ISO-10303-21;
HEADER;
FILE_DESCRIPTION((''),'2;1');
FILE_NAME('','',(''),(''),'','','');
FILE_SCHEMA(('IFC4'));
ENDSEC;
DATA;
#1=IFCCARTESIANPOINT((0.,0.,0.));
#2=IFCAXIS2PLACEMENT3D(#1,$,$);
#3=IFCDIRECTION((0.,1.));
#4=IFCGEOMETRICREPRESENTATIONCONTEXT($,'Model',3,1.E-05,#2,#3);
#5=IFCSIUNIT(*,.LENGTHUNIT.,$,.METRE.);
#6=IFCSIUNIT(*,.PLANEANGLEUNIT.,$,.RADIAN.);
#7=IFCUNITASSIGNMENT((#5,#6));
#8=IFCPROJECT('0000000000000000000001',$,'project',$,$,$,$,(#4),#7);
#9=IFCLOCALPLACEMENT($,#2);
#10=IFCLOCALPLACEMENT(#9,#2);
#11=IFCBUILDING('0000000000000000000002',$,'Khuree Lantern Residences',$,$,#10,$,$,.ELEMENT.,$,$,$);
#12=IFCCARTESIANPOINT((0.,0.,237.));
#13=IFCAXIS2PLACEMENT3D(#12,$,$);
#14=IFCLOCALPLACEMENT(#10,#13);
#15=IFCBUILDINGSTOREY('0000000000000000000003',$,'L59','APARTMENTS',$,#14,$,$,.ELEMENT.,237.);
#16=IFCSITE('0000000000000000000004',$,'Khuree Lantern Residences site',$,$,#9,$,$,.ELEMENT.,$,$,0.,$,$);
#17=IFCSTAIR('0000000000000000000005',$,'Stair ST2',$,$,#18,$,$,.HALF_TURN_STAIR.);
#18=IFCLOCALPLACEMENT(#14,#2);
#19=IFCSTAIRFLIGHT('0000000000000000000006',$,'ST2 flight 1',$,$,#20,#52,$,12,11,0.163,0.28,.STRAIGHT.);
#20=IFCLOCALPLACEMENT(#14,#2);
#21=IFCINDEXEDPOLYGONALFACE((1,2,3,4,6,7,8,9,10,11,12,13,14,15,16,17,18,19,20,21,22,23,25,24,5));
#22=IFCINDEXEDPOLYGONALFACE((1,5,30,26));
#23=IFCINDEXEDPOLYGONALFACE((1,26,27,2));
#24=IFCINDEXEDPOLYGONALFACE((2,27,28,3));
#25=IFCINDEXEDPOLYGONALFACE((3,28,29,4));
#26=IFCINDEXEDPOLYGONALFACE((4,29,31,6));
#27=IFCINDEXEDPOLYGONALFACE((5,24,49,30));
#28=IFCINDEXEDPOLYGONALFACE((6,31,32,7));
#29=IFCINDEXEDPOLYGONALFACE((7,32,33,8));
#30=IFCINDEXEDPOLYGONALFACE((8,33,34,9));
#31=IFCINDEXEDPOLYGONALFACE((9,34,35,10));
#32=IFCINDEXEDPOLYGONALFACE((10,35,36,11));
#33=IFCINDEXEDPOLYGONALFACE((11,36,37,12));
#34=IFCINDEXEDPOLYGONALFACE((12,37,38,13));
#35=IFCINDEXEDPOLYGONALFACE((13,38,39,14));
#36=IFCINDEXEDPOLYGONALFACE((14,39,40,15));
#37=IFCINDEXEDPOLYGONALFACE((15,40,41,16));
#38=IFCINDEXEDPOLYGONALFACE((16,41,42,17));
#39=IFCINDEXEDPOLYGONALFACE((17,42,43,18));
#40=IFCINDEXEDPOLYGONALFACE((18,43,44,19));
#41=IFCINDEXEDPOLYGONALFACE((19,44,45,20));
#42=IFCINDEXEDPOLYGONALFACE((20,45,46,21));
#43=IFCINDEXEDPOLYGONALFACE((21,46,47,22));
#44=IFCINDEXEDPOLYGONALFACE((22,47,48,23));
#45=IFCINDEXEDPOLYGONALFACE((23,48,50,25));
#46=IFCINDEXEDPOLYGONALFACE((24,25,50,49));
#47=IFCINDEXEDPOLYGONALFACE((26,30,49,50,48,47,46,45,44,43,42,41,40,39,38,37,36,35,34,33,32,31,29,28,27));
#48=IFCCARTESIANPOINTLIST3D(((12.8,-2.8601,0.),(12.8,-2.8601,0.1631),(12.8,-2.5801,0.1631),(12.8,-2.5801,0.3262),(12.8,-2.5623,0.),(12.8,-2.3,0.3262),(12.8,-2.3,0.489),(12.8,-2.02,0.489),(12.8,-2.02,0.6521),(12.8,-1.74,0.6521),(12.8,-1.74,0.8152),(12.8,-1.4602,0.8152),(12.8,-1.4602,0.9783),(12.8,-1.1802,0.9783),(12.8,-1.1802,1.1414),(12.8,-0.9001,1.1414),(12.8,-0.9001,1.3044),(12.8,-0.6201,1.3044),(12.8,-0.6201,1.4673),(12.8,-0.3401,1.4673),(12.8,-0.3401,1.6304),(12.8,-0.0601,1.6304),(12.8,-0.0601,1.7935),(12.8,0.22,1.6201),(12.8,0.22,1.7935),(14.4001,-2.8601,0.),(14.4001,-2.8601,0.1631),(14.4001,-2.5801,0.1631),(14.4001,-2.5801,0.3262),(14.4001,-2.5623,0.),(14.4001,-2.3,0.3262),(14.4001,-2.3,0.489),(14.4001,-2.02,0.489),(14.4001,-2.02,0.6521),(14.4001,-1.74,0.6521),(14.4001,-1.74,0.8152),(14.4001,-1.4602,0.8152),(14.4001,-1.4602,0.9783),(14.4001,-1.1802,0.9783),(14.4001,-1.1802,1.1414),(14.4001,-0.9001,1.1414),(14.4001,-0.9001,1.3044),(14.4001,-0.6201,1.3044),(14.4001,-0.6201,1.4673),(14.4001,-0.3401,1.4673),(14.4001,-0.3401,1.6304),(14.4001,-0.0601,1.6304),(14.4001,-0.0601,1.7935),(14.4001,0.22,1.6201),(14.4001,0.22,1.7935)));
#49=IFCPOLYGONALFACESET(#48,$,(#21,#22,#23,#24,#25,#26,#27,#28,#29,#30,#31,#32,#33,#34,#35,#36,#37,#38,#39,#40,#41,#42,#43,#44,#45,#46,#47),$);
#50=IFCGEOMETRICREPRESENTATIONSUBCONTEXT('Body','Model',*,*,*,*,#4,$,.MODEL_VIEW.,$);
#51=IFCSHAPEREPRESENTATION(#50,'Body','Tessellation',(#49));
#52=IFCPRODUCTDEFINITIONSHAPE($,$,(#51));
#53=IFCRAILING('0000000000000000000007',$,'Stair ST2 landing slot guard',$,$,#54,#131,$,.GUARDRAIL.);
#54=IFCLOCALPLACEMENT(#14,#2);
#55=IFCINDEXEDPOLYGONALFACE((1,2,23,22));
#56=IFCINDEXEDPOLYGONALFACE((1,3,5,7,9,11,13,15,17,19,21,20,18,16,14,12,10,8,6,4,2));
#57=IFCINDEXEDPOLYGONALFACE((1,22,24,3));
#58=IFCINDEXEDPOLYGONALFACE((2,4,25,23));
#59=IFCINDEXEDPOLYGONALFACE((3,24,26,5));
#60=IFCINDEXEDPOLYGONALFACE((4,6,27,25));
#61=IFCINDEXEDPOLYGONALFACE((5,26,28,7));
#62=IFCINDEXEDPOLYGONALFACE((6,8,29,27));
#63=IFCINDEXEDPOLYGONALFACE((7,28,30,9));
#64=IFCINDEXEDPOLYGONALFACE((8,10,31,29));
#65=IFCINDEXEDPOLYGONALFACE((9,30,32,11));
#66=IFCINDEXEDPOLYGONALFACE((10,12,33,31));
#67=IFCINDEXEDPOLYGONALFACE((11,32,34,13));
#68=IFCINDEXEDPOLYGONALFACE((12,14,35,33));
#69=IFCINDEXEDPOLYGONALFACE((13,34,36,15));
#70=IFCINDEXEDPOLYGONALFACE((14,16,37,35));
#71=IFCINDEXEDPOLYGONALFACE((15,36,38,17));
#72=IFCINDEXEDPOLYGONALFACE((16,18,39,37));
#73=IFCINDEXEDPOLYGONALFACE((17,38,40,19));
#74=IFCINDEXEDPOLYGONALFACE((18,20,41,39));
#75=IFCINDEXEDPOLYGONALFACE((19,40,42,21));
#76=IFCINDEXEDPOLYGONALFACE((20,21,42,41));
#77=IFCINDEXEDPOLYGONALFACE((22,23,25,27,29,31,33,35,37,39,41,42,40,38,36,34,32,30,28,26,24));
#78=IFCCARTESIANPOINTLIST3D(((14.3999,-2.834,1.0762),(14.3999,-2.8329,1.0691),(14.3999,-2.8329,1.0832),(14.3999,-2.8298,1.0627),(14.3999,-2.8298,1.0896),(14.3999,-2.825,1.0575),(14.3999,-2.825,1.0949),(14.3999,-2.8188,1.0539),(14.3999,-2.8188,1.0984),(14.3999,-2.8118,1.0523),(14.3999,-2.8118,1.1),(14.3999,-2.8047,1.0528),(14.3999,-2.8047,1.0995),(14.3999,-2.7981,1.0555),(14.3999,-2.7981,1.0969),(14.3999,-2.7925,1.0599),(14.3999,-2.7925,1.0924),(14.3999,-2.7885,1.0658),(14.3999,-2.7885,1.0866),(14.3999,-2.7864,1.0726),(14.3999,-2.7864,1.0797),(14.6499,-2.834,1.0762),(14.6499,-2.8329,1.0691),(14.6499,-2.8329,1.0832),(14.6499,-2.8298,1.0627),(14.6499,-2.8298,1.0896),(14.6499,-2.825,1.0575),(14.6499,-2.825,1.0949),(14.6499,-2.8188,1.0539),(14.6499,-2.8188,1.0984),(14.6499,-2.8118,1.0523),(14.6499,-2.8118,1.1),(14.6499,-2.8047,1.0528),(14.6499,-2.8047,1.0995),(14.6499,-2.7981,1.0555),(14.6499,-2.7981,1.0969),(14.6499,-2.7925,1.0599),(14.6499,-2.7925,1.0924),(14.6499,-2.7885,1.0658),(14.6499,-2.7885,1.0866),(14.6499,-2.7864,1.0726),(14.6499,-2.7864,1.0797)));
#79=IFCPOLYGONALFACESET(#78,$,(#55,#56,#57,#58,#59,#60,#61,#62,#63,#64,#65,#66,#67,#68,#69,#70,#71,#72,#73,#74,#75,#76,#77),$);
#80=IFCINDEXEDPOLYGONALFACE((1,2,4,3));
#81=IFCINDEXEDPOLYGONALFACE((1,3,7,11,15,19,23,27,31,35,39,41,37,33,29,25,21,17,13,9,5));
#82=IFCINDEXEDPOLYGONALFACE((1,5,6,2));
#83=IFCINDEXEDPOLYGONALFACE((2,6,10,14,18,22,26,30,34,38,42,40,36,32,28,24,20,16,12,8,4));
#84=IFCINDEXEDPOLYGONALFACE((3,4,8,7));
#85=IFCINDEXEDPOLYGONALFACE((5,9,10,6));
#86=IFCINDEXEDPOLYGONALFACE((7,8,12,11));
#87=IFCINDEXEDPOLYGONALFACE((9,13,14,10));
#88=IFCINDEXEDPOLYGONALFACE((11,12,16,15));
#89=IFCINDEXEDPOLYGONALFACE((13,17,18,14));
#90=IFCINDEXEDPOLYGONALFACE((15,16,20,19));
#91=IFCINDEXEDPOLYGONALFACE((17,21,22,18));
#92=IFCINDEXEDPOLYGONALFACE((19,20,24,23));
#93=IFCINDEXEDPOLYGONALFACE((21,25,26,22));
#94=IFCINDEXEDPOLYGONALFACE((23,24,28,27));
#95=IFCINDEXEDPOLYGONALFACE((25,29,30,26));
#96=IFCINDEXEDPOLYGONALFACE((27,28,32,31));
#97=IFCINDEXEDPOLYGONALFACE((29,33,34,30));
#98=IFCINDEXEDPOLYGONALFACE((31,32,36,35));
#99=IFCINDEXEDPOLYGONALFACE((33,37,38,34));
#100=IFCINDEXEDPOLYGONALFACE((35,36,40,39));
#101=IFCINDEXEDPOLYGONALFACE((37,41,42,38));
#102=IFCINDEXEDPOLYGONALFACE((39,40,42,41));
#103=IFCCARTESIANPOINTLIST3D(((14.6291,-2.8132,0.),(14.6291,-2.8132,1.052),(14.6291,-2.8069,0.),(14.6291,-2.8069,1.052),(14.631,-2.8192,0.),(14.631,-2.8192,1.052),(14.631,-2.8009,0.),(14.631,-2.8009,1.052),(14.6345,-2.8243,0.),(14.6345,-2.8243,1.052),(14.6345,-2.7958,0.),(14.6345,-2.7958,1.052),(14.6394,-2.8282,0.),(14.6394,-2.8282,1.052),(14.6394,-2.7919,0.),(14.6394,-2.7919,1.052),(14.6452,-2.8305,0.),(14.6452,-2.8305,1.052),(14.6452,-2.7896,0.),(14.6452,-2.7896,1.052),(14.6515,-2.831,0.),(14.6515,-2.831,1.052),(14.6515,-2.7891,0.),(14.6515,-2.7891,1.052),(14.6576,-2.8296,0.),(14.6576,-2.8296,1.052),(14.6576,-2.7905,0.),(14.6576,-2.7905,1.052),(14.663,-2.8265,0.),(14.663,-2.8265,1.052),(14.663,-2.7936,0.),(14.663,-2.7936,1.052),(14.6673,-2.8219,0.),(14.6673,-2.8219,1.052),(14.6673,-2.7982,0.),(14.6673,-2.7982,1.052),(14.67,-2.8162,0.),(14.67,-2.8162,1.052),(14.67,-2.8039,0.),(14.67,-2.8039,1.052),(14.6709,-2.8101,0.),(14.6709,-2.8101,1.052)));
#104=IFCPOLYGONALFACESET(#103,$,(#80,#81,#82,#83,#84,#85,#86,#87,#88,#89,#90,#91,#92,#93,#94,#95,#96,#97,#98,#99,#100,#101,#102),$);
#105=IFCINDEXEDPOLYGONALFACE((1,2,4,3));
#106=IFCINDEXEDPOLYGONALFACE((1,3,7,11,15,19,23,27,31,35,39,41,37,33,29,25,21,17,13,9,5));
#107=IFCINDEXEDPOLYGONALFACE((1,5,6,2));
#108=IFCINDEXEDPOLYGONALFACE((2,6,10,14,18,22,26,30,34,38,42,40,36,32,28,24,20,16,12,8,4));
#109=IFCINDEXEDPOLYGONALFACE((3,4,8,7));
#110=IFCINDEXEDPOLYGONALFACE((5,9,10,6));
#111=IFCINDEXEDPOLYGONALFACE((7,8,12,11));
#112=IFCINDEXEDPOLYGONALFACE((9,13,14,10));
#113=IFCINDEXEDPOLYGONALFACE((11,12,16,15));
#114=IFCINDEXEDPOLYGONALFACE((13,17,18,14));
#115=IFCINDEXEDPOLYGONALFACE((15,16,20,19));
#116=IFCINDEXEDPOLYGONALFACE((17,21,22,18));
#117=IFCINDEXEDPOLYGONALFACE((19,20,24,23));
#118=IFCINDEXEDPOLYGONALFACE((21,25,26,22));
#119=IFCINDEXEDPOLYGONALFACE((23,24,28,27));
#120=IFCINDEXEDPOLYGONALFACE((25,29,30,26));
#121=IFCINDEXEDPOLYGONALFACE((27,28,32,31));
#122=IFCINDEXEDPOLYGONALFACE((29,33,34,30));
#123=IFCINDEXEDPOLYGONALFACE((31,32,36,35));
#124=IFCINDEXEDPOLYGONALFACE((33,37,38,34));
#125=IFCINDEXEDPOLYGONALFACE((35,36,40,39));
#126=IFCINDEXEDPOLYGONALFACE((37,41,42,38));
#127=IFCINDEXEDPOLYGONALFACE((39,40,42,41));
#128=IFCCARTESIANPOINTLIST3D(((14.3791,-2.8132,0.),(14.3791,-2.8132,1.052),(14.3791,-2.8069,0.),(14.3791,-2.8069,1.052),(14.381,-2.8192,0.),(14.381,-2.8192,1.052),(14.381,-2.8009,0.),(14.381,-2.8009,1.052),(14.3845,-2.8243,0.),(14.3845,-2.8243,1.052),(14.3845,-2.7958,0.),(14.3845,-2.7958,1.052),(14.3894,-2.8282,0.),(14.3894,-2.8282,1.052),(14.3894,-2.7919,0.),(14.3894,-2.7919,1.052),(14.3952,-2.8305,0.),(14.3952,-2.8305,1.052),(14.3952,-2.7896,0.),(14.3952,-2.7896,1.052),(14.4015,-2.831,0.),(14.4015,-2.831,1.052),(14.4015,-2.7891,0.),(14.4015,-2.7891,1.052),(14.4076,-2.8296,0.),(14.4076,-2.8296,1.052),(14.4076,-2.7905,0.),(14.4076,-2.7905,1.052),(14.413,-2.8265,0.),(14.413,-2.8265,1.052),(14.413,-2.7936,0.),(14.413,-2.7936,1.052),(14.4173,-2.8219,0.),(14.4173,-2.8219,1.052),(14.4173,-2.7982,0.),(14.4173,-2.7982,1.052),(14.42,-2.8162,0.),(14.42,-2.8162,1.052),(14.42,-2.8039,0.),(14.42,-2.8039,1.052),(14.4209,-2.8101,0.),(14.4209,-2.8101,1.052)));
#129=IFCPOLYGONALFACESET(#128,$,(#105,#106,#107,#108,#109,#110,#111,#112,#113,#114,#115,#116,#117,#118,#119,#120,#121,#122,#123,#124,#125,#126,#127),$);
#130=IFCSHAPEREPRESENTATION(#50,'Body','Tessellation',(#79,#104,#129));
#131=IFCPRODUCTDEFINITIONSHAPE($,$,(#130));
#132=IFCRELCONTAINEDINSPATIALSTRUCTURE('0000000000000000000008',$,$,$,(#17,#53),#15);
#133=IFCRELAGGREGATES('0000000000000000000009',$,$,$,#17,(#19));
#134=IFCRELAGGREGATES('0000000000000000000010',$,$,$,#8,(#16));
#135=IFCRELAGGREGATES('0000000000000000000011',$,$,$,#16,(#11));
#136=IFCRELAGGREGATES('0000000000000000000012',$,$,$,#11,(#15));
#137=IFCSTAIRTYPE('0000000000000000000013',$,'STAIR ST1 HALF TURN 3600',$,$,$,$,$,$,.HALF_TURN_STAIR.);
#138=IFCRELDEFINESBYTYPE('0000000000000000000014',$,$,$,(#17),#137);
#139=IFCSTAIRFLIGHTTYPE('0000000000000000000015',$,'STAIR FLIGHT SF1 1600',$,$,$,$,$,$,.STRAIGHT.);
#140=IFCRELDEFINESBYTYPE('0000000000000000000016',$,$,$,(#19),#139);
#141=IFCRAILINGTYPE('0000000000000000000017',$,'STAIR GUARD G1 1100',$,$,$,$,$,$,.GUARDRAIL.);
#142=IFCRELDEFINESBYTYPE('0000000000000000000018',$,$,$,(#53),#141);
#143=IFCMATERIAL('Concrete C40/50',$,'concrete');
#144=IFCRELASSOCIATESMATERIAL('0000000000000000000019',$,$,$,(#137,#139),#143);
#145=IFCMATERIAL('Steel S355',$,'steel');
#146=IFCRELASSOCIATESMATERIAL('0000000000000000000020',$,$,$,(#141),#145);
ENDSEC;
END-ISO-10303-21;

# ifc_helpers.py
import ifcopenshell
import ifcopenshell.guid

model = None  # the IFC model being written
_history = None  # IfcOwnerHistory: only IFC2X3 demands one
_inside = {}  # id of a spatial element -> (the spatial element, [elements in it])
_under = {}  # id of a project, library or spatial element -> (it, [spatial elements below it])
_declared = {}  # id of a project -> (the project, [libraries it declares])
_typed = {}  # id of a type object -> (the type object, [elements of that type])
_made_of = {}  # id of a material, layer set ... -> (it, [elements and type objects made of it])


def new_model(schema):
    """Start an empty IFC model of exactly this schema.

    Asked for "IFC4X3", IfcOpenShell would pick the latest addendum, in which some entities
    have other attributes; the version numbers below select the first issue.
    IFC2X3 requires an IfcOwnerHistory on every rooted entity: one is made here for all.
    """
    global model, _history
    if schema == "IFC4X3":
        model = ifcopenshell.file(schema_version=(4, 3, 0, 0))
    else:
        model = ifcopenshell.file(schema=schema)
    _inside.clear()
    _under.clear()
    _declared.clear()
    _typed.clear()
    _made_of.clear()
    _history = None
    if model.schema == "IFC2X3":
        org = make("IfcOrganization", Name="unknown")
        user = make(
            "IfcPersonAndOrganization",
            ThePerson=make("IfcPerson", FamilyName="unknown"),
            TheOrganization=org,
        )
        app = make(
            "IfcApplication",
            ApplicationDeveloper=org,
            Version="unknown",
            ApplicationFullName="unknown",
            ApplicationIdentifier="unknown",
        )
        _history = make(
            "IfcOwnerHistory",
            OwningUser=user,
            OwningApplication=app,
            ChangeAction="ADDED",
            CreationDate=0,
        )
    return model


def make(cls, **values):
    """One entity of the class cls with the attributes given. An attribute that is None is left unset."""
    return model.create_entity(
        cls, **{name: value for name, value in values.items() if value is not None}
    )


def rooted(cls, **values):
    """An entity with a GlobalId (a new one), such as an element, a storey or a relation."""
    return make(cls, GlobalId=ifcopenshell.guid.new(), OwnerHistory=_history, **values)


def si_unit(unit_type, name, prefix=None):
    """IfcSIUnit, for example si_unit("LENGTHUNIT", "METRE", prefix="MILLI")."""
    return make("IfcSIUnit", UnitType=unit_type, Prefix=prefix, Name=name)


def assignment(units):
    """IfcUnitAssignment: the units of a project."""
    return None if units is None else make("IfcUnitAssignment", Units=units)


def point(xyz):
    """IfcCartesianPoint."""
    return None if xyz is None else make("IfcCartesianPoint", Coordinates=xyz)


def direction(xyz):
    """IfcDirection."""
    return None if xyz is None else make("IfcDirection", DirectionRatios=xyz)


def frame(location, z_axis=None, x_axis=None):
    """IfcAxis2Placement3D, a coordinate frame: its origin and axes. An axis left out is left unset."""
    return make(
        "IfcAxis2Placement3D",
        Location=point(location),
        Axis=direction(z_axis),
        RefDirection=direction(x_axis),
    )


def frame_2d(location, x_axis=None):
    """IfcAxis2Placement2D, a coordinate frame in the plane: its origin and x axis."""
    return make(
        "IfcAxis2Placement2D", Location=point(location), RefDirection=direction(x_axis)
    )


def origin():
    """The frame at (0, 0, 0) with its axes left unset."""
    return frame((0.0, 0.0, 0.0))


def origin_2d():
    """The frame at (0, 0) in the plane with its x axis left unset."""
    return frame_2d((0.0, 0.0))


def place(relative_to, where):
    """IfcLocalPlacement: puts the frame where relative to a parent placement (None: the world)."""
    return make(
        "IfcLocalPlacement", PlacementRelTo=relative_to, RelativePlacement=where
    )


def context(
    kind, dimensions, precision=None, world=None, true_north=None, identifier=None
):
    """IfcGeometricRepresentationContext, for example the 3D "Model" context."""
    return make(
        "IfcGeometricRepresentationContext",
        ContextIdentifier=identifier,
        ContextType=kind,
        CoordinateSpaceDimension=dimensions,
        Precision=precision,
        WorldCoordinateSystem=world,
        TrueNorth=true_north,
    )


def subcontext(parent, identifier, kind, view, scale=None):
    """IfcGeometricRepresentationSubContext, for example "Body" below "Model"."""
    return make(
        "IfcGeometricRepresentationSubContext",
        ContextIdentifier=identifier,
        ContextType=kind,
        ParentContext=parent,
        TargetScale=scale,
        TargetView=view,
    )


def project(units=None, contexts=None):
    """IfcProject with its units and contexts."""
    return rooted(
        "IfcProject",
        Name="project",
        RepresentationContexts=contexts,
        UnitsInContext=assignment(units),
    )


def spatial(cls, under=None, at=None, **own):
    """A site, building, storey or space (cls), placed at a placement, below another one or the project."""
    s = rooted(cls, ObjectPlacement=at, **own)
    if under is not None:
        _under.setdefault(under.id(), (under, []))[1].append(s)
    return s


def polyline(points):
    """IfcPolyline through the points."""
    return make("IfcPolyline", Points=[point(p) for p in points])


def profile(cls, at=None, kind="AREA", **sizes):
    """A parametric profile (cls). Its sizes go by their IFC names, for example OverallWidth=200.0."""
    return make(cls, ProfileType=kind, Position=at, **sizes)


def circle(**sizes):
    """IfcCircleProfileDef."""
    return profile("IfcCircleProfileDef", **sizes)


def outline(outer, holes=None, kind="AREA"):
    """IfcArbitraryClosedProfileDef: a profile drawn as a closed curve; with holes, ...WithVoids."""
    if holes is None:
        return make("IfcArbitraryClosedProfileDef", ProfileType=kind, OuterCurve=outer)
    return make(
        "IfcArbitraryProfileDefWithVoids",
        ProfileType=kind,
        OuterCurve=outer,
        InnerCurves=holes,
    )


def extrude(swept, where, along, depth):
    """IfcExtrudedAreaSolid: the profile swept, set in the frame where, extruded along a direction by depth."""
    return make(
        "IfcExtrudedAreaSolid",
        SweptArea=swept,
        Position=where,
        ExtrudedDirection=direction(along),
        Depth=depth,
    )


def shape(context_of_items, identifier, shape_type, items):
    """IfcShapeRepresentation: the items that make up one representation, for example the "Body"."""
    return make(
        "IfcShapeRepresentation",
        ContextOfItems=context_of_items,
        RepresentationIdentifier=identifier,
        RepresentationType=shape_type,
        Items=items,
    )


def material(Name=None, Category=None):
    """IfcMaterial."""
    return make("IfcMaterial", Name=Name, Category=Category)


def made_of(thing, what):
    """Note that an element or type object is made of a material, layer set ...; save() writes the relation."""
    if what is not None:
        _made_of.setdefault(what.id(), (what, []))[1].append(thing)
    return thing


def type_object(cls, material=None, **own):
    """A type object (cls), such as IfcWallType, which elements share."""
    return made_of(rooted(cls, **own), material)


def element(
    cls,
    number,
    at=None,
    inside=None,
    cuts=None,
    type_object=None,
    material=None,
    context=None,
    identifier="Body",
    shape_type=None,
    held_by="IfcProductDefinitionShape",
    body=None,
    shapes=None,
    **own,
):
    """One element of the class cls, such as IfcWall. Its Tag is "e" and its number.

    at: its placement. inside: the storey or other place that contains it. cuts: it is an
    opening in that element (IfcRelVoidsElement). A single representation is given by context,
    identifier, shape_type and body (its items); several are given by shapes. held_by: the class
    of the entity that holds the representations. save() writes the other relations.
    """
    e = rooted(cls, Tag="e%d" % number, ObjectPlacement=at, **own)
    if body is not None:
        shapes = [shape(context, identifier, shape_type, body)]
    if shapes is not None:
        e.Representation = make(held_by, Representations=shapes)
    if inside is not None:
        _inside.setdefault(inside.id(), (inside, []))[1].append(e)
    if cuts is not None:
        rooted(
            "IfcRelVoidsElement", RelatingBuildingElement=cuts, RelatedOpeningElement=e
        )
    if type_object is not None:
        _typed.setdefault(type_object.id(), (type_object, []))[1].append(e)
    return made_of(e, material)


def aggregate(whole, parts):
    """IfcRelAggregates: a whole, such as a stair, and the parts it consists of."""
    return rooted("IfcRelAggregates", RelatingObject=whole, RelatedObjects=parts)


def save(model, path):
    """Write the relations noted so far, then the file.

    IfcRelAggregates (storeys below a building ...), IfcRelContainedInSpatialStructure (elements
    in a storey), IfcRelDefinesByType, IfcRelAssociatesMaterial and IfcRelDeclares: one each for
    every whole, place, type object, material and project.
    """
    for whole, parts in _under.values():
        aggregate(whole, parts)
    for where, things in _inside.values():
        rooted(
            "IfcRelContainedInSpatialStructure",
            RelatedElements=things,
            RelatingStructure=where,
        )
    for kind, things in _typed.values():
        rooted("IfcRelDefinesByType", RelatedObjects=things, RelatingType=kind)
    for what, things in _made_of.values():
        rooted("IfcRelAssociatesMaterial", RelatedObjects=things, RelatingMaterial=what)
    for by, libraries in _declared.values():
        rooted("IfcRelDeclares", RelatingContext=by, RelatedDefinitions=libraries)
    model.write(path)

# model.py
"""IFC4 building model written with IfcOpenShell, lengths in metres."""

from ifc_helpers import new_model, si_unit, direction, frame, origin, origin_2d, place, context, subcontext, project, spatial, polyline, circle, outline, extrude, material, type_object, element, aggregate, save


model = new_model("IFC4")

# Units and contexts
model_context = context("Model", 3, precision=1e-05, world=origin(), true_north=direction((0.0, 1.0)))
body_context = subcontext(model_context, "Body", "Model", "MODEL_VIEW")
ifc_project = project(units=[si_unit("LENGTHUNIT", "METRE"), si_unit("PLANEANGLEUNIT", "RADIAN")], contexts=[model_context])

# Site, building, storey
site_placement = place(None, origin())
site = spatial("IfcSite", under=ifc_project, at=site_placement, Name="Khuree Lantern Residences site", CompositionType="ELEMENT", RefElevation=0.0)
building_placement = place(site_placement, origin())
building = spatial("IfcBuilding", under=site, at=building_placement, Name="Khuree Lantern Residences", CompositionType="ELEMENT")
storey_placement = place(building_placement, frame((0.0, 0.0, 237.0)))
storey = spatial("IfcBuildingStorey", under=building, at=storey_placement, Name="L59", Description="APARTMENTS", CompositionType="ELEMENT", Elevation=237.0)

# Stair, stair flight
ifc_material_1 = material(Name="Concrete C40/50", Category="concrete")
stair_type = type_object("IfcStairType", Name="STAIR ST1 HALF TURN 3600", PredefinedType="HALF_TURN_STAIR", material=ifc_material_1)
stair_placement = place(storey_placement, origin())
stair = element("IfcStair", 1, at=stair_placement, inside=storey, type_object=stair_type, Name="Stair ST2", PredefinedType="HALF_TURN_STAIR")
stair_flight_type = type_object("IfcStairFlightType", Name="STAIR FLIGHT SF1 1600", PredefinedType="STRAIGHT", material=ifc_material_1)
stair_flight_placement = place(storey_placement, frame((13.6001, -2.8601, 0.0), z_axis=(0.0, 0.0, 1.0), x_axis=(0.0, 1.0, 0.0)))
stair_flight = element("IfcStairFlight", 2, at=stair_flight_placement, type_object=stair_flight_type, Name="ST2 flight 1", NumberOfRisers=12, NumberOfTreads=11, PredefinedType="STRAIGHT", RiserHeight=0.163, TreadLength=0.28, context=body_context, shape_type="SweptSolid", body=[
    extrude(outline(polyline([(0.0, 0.0), (0.0, 0.1631), (0.28, 0.1631), (0.28, 0.3262), (0.5601, 0.3262), (0.5601, 0.489), (0.8401, 0.489), (0.8401, 0.6521), (1.1201, 0.6521), (1.1201, 0.8152), (1.3999, 0.8152), (1.3999, 0.9783), (1.6799, 0.9783), (1.6799, 1.1414), (1.96, 1.1414), (1.96, 1.3044), (2.24, 1.3044), (2.24, 1.4673), (2.52, 1.4673), (2.52, 1.6304), (2.8, 1.6304), (2.8, 1.7935), (3.0801, 1.7935), (3.0801, 1.9565), (3.0801, 1.6201), (0.2979, 0.0), (0.0, 0.0)])), frame((0.0, 0.8, 0.0), z_axis=(0.0, -1.0, 0.0), x_axis=(1.0, 0.0, 0.0)), (0.0, 0.0, 1.0), 1.6001),
])
aggregate(stair, [stair_flight])

# Railing
ifc_material_2 = material(Name="Steel S355", Category="steel")
railing_type_1 = type_object("IfcRailingType", Name="STAIR GUARD G1 1100", PredefinedType="GUARDRAIL", material=ifc_material_2)
railing_1_placement = place(storey_placement, frame((14.6499, -2.8101, 0.0)))
element("IfcRailing", 3, at=railing_1_placement, inside=storey, type_object=railing_type_1, Name="Stair ST2 landing slot guard", PredefinedType="GUARDRAIL", context=body_context, shape_type="SweptSolid", body=[
    extrude(circle(Radius=0.0239, at=origin_2d()), frame((0.0, 0.0, 1.0762), z_axis=(-1.0, 0.0, 0.0), x_axis=(0.0, -1.0, 0.0)), (0.0, 0.0, 1.0), 0.25),
    extrude(circle(Radius=0.021, at=origin_2d()), origin(), (0.0, 0.0, 1.0), 1.052),
    extrude(circle(Radius=0.021, at=origin_2d()), frame((-0.25, 0.0, 0.0)), (0.0, 0.0, 1.0), 1.052),
])

save(model, "model.ifc")
